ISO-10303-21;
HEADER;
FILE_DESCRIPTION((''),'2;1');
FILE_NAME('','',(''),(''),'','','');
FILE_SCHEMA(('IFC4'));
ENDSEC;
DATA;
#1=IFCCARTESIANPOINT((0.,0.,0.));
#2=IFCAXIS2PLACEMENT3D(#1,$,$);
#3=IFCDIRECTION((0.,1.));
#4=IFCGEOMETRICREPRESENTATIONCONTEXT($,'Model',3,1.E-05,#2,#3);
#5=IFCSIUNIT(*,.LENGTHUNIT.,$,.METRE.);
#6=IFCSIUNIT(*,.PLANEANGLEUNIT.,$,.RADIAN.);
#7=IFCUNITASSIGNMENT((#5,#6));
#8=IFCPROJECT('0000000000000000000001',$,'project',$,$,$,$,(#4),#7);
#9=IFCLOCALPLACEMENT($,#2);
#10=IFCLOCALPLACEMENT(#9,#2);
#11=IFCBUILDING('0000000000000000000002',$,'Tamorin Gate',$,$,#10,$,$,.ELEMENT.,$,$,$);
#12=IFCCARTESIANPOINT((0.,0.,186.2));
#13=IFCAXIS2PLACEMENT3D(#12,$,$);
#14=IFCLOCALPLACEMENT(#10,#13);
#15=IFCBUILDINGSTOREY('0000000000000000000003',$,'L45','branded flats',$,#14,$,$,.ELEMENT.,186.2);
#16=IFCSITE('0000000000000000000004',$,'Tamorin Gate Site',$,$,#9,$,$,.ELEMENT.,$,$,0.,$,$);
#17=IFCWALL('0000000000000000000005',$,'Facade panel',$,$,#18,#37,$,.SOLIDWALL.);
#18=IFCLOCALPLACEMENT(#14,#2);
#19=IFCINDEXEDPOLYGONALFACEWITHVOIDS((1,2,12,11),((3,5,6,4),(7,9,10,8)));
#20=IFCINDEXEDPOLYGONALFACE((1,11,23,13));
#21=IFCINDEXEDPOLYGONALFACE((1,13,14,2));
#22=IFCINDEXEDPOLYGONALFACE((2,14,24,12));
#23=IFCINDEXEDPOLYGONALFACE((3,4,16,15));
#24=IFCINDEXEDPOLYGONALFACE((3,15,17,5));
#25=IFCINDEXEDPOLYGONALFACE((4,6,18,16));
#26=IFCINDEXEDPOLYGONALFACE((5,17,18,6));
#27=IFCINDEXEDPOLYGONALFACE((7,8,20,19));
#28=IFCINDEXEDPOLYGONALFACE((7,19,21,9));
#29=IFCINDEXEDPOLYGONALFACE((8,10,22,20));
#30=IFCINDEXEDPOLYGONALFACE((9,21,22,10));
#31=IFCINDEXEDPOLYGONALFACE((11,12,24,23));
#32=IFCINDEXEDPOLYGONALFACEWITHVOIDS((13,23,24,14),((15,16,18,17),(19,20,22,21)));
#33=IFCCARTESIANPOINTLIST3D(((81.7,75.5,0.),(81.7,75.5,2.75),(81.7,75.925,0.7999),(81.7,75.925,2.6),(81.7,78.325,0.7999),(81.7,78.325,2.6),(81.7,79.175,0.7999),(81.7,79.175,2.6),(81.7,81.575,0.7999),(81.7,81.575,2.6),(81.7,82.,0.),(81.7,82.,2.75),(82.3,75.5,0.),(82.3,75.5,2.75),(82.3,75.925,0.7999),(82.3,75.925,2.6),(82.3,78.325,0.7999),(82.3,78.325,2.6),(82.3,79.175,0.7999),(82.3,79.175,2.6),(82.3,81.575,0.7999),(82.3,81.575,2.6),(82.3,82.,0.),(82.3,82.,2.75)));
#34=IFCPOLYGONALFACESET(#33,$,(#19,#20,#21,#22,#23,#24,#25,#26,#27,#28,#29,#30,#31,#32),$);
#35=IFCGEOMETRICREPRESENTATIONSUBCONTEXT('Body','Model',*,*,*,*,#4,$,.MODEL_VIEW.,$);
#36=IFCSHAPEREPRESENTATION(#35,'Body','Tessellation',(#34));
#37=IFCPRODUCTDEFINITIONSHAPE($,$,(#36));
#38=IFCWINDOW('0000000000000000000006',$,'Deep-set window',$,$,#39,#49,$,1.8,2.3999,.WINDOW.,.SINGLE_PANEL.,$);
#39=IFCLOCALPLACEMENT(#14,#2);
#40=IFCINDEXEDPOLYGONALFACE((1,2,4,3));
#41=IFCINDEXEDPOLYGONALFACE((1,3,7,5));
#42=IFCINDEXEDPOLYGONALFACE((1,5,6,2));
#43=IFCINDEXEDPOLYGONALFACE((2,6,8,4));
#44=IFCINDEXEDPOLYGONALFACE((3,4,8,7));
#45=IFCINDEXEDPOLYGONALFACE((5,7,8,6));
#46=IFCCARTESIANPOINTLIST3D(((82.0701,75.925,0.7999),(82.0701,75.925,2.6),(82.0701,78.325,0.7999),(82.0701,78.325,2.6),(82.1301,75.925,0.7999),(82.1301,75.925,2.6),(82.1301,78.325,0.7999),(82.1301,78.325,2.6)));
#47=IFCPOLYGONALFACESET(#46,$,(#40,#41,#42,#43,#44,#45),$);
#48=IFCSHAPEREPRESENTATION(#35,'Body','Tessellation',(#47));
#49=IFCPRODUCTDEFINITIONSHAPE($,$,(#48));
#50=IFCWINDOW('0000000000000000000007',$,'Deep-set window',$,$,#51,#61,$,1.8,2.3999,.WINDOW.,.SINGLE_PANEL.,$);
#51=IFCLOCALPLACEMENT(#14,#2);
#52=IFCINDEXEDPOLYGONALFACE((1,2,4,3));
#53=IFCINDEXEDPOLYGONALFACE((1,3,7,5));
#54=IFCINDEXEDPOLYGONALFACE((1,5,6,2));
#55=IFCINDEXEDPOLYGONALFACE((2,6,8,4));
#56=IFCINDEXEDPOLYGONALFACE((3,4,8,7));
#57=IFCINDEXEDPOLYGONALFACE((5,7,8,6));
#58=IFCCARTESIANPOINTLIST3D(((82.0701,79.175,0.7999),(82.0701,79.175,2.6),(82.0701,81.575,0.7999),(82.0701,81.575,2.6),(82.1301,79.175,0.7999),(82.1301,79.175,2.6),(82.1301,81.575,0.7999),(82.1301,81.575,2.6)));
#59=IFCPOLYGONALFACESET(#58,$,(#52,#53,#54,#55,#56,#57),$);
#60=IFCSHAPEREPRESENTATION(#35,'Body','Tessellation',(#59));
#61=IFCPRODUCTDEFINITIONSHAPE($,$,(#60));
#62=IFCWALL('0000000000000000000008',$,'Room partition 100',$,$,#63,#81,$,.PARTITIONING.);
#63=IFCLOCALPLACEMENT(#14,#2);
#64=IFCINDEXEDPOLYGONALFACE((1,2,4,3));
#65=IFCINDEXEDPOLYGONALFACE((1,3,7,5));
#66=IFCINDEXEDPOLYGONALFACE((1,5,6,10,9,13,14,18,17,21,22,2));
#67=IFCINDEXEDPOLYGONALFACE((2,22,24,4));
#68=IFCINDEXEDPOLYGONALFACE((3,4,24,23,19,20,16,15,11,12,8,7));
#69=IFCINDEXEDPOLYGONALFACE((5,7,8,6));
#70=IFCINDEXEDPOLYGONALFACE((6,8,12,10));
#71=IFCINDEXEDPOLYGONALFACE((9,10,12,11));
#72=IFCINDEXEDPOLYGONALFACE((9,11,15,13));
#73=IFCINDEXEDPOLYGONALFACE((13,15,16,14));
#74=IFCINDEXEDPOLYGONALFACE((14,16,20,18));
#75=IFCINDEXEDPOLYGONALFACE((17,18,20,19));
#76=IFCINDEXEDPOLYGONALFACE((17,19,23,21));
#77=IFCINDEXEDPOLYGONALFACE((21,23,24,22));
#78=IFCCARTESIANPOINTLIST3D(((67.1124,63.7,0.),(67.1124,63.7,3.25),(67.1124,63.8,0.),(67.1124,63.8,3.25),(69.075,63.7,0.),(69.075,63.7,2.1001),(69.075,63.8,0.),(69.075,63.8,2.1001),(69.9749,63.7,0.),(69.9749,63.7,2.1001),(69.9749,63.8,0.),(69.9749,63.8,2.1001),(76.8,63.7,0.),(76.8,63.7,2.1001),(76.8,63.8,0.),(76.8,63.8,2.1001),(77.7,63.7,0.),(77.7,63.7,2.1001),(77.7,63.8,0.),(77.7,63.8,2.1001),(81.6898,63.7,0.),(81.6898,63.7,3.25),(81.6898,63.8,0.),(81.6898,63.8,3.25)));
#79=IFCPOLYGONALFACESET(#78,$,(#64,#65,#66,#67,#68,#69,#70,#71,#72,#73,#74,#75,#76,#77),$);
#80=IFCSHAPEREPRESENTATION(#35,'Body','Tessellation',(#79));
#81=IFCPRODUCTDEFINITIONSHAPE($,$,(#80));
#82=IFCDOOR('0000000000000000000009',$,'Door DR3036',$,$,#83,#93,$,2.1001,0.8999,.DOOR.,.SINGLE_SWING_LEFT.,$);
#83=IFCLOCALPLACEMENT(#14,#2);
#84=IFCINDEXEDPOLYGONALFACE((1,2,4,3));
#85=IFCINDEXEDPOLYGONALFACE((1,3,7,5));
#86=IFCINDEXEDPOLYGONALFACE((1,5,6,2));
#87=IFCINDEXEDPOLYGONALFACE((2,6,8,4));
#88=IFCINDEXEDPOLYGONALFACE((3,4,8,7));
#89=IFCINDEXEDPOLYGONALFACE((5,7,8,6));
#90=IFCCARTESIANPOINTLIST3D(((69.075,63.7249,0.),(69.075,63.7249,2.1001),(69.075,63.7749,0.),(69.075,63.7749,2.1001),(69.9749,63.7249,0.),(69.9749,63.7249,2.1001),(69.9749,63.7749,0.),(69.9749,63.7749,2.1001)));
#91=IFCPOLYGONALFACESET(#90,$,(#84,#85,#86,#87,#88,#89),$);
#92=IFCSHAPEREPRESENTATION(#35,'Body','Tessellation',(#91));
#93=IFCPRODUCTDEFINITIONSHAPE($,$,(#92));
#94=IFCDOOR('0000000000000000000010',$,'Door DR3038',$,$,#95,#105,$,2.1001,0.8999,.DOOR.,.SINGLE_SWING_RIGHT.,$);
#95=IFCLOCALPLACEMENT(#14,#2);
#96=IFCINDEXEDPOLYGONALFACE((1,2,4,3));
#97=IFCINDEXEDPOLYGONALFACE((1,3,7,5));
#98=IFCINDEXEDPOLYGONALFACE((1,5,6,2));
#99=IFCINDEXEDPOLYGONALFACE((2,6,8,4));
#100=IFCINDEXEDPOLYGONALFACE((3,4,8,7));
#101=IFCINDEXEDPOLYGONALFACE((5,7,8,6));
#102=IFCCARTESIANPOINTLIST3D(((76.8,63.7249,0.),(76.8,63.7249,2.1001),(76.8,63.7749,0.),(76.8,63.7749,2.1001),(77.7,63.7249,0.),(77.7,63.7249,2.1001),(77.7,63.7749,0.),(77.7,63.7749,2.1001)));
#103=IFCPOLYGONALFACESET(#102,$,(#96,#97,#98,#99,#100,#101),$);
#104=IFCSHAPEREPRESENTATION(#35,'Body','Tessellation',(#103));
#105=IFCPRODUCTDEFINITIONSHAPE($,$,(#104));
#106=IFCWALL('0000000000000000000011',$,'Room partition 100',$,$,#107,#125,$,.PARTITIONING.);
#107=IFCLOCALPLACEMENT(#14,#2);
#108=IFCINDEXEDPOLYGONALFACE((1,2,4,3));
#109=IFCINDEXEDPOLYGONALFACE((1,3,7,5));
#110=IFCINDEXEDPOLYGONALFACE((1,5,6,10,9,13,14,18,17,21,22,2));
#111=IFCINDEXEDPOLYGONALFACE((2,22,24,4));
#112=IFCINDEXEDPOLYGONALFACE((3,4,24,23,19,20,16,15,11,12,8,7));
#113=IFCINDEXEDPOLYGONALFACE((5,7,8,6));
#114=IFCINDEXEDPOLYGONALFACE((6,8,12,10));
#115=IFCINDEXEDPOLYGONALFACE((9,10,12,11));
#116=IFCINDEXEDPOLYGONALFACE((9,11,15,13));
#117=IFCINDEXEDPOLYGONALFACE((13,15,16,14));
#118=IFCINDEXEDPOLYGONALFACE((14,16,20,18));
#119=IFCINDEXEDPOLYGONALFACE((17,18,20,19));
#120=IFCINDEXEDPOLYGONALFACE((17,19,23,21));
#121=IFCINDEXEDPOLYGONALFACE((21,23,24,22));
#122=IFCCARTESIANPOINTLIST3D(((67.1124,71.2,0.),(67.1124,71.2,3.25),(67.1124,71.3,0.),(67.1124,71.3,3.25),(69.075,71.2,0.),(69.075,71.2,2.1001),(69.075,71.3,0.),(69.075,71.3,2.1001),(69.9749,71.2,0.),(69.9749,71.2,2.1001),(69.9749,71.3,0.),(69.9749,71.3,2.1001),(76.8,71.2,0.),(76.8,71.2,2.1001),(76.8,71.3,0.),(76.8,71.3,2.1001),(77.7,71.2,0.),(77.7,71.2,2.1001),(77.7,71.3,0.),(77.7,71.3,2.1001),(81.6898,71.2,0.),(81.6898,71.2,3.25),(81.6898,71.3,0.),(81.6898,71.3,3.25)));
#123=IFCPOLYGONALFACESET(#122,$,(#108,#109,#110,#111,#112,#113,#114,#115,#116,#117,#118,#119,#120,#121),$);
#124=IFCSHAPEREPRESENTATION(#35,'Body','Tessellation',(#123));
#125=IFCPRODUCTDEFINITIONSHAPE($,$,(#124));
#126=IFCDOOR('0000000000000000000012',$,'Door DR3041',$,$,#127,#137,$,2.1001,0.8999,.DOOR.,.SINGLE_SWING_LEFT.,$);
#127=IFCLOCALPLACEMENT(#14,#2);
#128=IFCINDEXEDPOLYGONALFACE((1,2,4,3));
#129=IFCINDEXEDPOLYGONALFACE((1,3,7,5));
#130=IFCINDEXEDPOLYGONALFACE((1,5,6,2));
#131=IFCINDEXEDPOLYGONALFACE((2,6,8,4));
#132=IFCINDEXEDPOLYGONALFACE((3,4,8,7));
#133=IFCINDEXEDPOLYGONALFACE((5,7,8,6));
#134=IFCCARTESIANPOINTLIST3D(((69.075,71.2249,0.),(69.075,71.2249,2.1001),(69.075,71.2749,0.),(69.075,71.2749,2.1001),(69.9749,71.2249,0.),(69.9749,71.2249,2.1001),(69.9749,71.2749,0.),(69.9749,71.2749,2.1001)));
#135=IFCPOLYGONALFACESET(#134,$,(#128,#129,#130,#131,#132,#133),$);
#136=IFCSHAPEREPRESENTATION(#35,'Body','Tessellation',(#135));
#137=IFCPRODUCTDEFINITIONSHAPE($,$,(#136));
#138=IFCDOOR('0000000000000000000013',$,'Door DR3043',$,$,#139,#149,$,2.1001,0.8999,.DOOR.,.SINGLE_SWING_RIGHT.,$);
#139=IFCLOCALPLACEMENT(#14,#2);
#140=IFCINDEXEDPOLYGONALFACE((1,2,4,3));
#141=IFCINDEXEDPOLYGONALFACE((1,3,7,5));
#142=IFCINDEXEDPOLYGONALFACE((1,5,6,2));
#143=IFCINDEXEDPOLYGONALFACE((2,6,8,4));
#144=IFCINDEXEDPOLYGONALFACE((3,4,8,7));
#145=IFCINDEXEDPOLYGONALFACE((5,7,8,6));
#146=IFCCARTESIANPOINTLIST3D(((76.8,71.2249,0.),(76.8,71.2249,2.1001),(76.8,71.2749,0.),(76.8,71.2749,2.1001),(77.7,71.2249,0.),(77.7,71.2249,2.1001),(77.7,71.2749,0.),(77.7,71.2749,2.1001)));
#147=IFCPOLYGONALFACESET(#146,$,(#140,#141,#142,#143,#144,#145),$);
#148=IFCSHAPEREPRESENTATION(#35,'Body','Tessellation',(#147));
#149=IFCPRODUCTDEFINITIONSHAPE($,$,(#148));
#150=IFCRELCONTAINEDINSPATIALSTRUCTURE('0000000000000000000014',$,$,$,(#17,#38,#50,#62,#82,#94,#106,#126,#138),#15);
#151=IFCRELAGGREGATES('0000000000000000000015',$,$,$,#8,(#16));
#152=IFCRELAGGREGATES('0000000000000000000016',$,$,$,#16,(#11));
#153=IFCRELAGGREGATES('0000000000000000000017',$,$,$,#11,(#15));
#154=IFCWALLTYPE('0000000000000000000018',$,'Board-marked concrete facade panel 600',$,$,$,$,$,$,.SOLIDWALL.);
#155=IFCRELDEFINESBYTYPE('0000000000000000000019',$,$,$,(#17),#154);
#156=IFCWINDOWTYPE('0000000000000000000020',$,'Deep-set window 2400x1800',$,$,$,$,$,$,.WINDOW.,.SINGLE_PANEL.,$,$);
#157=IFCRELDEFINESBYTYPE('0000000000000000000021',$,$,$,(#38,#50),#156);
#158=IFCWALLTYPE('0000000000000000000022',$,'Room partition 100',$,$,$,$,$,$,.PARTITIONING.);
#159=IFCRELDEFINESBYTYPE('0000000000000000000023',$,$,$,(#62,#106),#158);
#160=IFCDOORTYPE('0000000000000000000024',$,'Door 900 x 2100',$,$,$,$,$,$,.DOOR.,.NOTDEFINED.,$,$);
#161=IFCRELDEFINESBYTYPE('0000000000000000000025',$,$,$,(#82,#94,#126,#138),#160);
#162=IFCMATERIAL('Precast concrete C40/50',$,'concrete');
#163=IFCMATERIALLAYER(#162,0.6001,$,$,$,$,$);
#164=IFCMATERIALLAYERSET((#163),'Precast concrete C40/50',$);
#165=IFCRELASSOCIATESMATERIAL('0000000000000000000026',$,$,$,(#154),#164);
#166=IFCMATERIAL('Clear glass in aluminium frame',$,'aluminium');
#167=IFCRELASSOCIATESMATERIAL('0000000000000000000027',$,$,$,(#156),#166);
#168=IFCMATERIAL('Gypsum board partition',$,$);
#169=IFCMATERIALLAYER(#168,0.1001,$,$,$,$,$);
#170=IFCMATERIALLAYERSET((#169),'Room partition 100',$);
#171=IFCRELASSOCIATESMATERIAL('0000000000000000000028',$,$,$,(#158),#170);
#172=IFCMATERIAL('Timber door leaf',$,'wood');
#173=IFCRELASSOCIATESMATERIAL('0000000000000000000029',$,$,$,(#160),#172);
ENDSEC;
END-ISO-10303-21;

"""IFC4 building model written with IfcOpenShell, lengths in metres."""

from ifc_helpers import new_model, si_unit, direction, frame, frame_2d, origin, place, context, subcontext, project, spatial, rectangle, extrude, material, layer, layer_set, type_object, element, fill, save


model = new_model("IFC4")

# Units and contexts
model_context = context("Model", 3, precision=1e-05, world=origin(), true_north=direction((0.0, 1.0)))
body_context = subcontext(model_context, "Body", "Model", "MODEL_VIEW")
ifc_project = project(units=[si_unit("LENGTHUNIT", "METRE"), si_unit("PLANEANGLEUNIT", "RADIAN")], contexts=[model_context])

# Site, building, storey
site_placement = place(None, origin())
site = spatial("IfcSite", under=ifc_project, at=site_placement, Name="Tamorin Gate Site", CompositionType="ELEMENT", RefElevation=0.0)
building_placement = place(site_placement, origin())
building = spatial("IfcBuilding", under=site, at=building_placement, Name="Tamorin Gate", CompositionType="ELEMENT")
storey_placement = place(building_placement, frame((0.0, 0.0, 186.2)))
storey = spatial("IfcBuildingStorey", under=building, at=storey_placement, Name="L45", Description="branded flats", CompositionType="ELEMENT", Elevation=186.2)

# Wall, openings, windows
ifc_material_1 = material(Name="Precast concrete C40/50", Category="concrete")
ifc_layer_1 = layer(ifc_material_1, 0.6001)
ifc_layer_set_1 = layer_set([ifc_layer_1], Name="Precast concrete C40/50")
wall_type_1 = type_object("IfcWallType", Name="Board-marked concrete facade panel 600", PredefinedType="SOLIDWALL", material=ifc_layer_set_1)
ifc_material_2 = material(Name="Clear glass in aluminium frame", Category="aluminium")
window_type = type_object("IfcWindowType", Name="Deep-set window 2400x1800", PartitioningType="SINGLE_PANEL", PredefinedType="WINDOW", material=ifc_material_2)
wall_1_placement = place(storey_placement, frame((82.0, 75.5, 0.0), z_axis=(0.0, 0.0, 1.0), x_axis=(0.0, 1.0, 0.0)))
wall_1 = element("IfcWall", 1, at=wall_1_placement, inside=storey, type_object=wall_type_1, Name="Facade panel", PredefinedType="SOLIDWALL", context=body_context, shape_type="SweptSolid", body=[
    extrude(rectangle(XDim=6.5, YDim=0.6001, at=frame_2d((3.25, 0.0))), origin(), (0.0, 0.0, 1.0), 2.75),
])
opening_1_placement = place(wall_1_placement, frame((0.425, 0.0, 0.8)))
opening_1 = element("IfcOpeningElement", 2, at=opening_1_placement, cuts=wall_1, PredefinedType="OPENING", context=body_context, shape_type="SweptSolid", body=[
    extrude(rectangle(XDim=2.3999, YDim=1.8, at=frame_2d((1.2, 0.8999))), frame((0.0, 0.3101, 0.0), z_axis=(0.0, -1.0, 0.0), x_axis=(1.0, 0.0, 0.0)), (0.0, 0.0, 1.0), 0.6201),
])
opening_2_placement = place(wall_1_placement, frame((3.675, 0.0, 0.8)))
opening_2 = element("IfcOpeningElement", 3, at=opening_2_placement, cuts=wall_1, PredefinedType="OPENING", context=body_context, shape_type="SweptSolid", body=[
    extrude(rectangle(XDim=2.3999, YDim=1.8, at=frame_2d((1.2, 0.8999))), frame((0.0, 0.3101, 0.0), z_axis=(0.0, -1.0, 0.0), x_axis=(1.0, 0.0, 0.0)), (0.0, 0.0, 1.0), 0.6201),
])
window_1_placement = place(opening_1_placement, origin())
window_1 = element("IfcWindow", 4, at=window_1_placement, inside=storey, type_object=window_type, Name="Deep-set window", OverallHeight=1.8, OverallWidth=2.3999, PartitioningType="SINGLE_PANEL", PredefinedType="WINDOW", context=body_context, shape_type="SweptSolid", body=[
    extrude(rectangle(XDim=2.3999, YDim=1.8, at=frame_2d((1.2, 0.8999))), frame((0.0, -0.0701, 0.0), z_axis=(0.0, -1.0, 0.0), x_axis=(1.0, 0.0, 0.0)), (0.0, 0.0, 1.0), 0.0601),
])
fill(opening_1, window_1)
window_2_placement = place(opening_2_placement, origin())
window_2 = element("IfcWindow", 5, at=window_2_placement, inside=storey, type_object=window_type, Name="Deep-set window", OverallHeight=1.8, OverallWidth=2.3999, PartitioningType="SINGLE_PANEL", PredefinedType="WINDOW", context=body_context, shape_type="SweptSolid", body=[
    extrude(rectangle(XDim=2.3999, YDim=1.8, at=frame_2d((1.2, 0.8999))), frame((0.0, -0.0701, 0.0), z_axis=(0.0, -1.0, 0.0), x_axis=(1.0, 0.0, 0.0)), (0.0, 0.0, 1.0), 0.0601),
])
fill(opening_2, window_2)

# Walls, openings, doors
ifc_material_3 = material(Name="Gypsum board partition")
ifc_layer_2 = layer(ifc_material_3, 0.1001)
ifc_layer_set_2 = layer_set([ifc_layer_2], Name="Room partition 100")
wall_type_2 = type_object("IfcWallType", Name="Room partition 100", PredefinedType="PARTITIONING", material=ifc_layer_set_2)
wall_2_placement = place(storey_placement, frame((67.1125, 63.75, 0.0), z_axis=(0.0, 0.0, 1.0), x_axis=(1.0, 0.0, 0.0)))
wall_2 = element("IfcWall", 6, at=wall_2_placement, inside=storey, type_object=wall_type_2, Name="Room partition 100", PredefinedType="PARTITIONING", context=body_context, shape_type="SweptSolid", body=[
    extrude(rectangle(XDim=14.5774, YDim=0.1001, at=frame_2d((7.2886, 0.0))), origin(), (0.0, 0.0, 1.0), 3.25),
])
opening_3_placement = place(wall_2_placement, frame((1.9624, 0.0, 0.0)))
opening_3 = element("IfcOpeningElement", 7, at=opening_3_placement, cuts=wall_2, PredefinedType="OPENING", context=body_context, shape_type="SweptSolid", body=[
    extrude(rectangle(XDim=0.8999, YDim=2.1001, at=frame_2d((0.45, 1.05))), frame((0.0, 0.0601, 0.0), z_axis=(0.0, -1.0, 0.0), x_axis=(1.0, 0.0, 0.0)), (0.0, 0.0, 1.0), 0.1201),
])
opening_4_placement = place(wall_2_placement, frame((9.6875, 0.0, 0.0)))
opening_4 = element("IfcOpeningElement", 8, at=opening_4_placement, cuts=wall_2, PredefinedType="OPENING", context=body_context, shape_type="SweptSolid", body=[
    extrude(rectangle(XDim=0.8999, YDim=2.1001, at=frame_2d((0.45, 1.05))), frame((0.0, 0.0601, 0.0), z_axis=(0.0, -1.0, 0.0), x_axis=(1.0, 0.0, 0.0)), (0.0, 0.0, 1.0), 0.1201),
])
ifc_material_4 = material(Name="Timber door leaf", Category="wood")
door_type = type_object("IfcDoorType", Name="Door 900 x 2100", OperationType="NOTDEFINED", PredefinedType="DOOR", material=ifc_material_4)
door_1_placement = place(opening_3_placement, origin())
door_1 = element("IfcDoor", 9, at=door_1_placement, inside=storey, type_object=door_type, Name="Door DR3036", OperationType="SINGLE_SWING_LEFT", OverallHeight=2.1001, OverallWidth=0.8999, PredefinedType="DOOR", context=body_context, shape_type="SweptSolid", body=[
    extrude(rectangle(XDim=0.8999, YDim=2.1001, at=frame_2d((0.45, 1.05))), frame((0.0, 0.0249, 0.0), z_axis=(0.0, -1.0, 0.0), x_axis=(1.0, 0.0, 0.0)), (0.0, 0.0, 1.0), 0.05),
])
fill(opening_3, door_1)
door_2_placement = place(opening_4_placement, origin())
door_2 = element("IfcDoor", 10, at=door_2_placement, inside=storey, type_object=door_type, Name="Door DR3038", OperationType="SINGLE_SWING_RIGHT", OverallHeight=2.1001, OverallWidth=0.8999, PredefinedType="DOOR", context=body_context, shape_type="SweptSolid", body=[
    extrude(rectangle(XDim=0.8999, YDim=2.1001, at=frame_2d((0.45, 1.05))), frame((0.0, 0.0249, 0.0), z_axis=(0.0, -1.0, 0.0), x_axis=(1.0, 0.0, 0.0)), (0.0, 0.0, 1.0), 0.05),
])
fill(opening_4, door_2)
wall_3_placement = place(storey_placement, frame((67.1125, 71.25, 0.0), z_axis=(0.0, 0.0, 1.0), x_axis=(1.0, 0.0, 0.0)))
wall_3 = element("IfcWall", 11, at=wall_3_placement, inside=storey, type_object=wall_type_2, Name="Room partition 100", PredefinedType="PARTITIONING", context=body_context, shape_type="SweptSolid", body=[
    extrude(rectangle(XDim=14.5774, YDim=0.1001, at=frame_2d((7.2886, 0.0))), origin(), (0.0, 0.0, 1.0), 3.25),
])
opening_5_placement = place(wall_3_placement, frame((1.9624, 0.0, 0.0)))
opening_5 = element("IfcOpeningElement", 12, at=opening_5_placement, cuts=wall_3, PredefinedType="OPENING", context=body_context, shape_type="SweptSolid", body=[
    extrude(rectangle(XDim=0.8999, YDim=2.1001, at=frame_2d((0.45, 1.05))), frame((0.0, 0.0601, 0.0), z_axis=(0.0, -1.0, 0.0), x_axis=(1.0, 0.0, 0.0)), (0.0, 0.0, 1.0), 0.1201),
])
opening_6_placement = place(wall_3_placement, frame((9.6875, 0.0, 0.0)))
opening_6 = element("IfcOpeningElement", 13, at=opening_6_placement, cuts=wall_3, PredefinedType="OPENING", context=body_context, shape_type="SweptSolid", body=[
    extrude(rectangle(XDim=0.8999, YDim=2.1001, at=frame_2d((0.45, 1.05))), frame((0.0, 0.0601, 0.0), z_axis=(0.0, -1.0, 0.0), x_axis=(1.0, 0.0, 0.0)), (0.0, 0.0, 1.0), 0.1201),
])
door_3_placement = place(opening_5_placement, origin())
door_3 = element("IfcDoor", 14, at=door_3_placement, inside=storey, type_object=door_type, Name="Door DR3041", OperationType="SINGLE_SWING_LEFT", OverallHeight=2.1001, OverallWidth=0.8999, PredefinedType="DOOR", context=body_context, shape_type="SweptSolid", body=[
    extrude(rectangle(XDim=0.8999, YDim=2.1001, at=frame_2d((0.45, 1.05))), frame((0.0, 0.0249, 0.0), z_axis=(0.0, -1.0, 0.0), x_axis=(1.0, 0.0, 0.0)), (0.0, 0.0, 1.0), 0.05),
])
fill(opening_5, door_3)
door_4_placement = place(opening_6_placement, origin())
door_4 = element("IfcDoor", 15, at=door_4_placement, inside=storey, type_object=door_type, Name="Door DR3043", OperationType="SINGLE_SWING_RIGHT", OverallHeight=2.1001, OverallWidth=0.8999, PredefinedType="DOOR", context=body_context, shape_type="SweptSolid", body=[
    extrude(rectangle(XDim=0.8999, YDim=2.1001, at=frame_2d((0.45, 1.05))), frame((0.0, 0.0249, 0.0), z_axis=(0.0, -1.0, 0.0), x_axis=(1.0, 0.0, 0.0)), (0.0, 0.0, 1.0), 0.05),
])
fill(opening_6, door_4)

save(model, "model.ifc")
